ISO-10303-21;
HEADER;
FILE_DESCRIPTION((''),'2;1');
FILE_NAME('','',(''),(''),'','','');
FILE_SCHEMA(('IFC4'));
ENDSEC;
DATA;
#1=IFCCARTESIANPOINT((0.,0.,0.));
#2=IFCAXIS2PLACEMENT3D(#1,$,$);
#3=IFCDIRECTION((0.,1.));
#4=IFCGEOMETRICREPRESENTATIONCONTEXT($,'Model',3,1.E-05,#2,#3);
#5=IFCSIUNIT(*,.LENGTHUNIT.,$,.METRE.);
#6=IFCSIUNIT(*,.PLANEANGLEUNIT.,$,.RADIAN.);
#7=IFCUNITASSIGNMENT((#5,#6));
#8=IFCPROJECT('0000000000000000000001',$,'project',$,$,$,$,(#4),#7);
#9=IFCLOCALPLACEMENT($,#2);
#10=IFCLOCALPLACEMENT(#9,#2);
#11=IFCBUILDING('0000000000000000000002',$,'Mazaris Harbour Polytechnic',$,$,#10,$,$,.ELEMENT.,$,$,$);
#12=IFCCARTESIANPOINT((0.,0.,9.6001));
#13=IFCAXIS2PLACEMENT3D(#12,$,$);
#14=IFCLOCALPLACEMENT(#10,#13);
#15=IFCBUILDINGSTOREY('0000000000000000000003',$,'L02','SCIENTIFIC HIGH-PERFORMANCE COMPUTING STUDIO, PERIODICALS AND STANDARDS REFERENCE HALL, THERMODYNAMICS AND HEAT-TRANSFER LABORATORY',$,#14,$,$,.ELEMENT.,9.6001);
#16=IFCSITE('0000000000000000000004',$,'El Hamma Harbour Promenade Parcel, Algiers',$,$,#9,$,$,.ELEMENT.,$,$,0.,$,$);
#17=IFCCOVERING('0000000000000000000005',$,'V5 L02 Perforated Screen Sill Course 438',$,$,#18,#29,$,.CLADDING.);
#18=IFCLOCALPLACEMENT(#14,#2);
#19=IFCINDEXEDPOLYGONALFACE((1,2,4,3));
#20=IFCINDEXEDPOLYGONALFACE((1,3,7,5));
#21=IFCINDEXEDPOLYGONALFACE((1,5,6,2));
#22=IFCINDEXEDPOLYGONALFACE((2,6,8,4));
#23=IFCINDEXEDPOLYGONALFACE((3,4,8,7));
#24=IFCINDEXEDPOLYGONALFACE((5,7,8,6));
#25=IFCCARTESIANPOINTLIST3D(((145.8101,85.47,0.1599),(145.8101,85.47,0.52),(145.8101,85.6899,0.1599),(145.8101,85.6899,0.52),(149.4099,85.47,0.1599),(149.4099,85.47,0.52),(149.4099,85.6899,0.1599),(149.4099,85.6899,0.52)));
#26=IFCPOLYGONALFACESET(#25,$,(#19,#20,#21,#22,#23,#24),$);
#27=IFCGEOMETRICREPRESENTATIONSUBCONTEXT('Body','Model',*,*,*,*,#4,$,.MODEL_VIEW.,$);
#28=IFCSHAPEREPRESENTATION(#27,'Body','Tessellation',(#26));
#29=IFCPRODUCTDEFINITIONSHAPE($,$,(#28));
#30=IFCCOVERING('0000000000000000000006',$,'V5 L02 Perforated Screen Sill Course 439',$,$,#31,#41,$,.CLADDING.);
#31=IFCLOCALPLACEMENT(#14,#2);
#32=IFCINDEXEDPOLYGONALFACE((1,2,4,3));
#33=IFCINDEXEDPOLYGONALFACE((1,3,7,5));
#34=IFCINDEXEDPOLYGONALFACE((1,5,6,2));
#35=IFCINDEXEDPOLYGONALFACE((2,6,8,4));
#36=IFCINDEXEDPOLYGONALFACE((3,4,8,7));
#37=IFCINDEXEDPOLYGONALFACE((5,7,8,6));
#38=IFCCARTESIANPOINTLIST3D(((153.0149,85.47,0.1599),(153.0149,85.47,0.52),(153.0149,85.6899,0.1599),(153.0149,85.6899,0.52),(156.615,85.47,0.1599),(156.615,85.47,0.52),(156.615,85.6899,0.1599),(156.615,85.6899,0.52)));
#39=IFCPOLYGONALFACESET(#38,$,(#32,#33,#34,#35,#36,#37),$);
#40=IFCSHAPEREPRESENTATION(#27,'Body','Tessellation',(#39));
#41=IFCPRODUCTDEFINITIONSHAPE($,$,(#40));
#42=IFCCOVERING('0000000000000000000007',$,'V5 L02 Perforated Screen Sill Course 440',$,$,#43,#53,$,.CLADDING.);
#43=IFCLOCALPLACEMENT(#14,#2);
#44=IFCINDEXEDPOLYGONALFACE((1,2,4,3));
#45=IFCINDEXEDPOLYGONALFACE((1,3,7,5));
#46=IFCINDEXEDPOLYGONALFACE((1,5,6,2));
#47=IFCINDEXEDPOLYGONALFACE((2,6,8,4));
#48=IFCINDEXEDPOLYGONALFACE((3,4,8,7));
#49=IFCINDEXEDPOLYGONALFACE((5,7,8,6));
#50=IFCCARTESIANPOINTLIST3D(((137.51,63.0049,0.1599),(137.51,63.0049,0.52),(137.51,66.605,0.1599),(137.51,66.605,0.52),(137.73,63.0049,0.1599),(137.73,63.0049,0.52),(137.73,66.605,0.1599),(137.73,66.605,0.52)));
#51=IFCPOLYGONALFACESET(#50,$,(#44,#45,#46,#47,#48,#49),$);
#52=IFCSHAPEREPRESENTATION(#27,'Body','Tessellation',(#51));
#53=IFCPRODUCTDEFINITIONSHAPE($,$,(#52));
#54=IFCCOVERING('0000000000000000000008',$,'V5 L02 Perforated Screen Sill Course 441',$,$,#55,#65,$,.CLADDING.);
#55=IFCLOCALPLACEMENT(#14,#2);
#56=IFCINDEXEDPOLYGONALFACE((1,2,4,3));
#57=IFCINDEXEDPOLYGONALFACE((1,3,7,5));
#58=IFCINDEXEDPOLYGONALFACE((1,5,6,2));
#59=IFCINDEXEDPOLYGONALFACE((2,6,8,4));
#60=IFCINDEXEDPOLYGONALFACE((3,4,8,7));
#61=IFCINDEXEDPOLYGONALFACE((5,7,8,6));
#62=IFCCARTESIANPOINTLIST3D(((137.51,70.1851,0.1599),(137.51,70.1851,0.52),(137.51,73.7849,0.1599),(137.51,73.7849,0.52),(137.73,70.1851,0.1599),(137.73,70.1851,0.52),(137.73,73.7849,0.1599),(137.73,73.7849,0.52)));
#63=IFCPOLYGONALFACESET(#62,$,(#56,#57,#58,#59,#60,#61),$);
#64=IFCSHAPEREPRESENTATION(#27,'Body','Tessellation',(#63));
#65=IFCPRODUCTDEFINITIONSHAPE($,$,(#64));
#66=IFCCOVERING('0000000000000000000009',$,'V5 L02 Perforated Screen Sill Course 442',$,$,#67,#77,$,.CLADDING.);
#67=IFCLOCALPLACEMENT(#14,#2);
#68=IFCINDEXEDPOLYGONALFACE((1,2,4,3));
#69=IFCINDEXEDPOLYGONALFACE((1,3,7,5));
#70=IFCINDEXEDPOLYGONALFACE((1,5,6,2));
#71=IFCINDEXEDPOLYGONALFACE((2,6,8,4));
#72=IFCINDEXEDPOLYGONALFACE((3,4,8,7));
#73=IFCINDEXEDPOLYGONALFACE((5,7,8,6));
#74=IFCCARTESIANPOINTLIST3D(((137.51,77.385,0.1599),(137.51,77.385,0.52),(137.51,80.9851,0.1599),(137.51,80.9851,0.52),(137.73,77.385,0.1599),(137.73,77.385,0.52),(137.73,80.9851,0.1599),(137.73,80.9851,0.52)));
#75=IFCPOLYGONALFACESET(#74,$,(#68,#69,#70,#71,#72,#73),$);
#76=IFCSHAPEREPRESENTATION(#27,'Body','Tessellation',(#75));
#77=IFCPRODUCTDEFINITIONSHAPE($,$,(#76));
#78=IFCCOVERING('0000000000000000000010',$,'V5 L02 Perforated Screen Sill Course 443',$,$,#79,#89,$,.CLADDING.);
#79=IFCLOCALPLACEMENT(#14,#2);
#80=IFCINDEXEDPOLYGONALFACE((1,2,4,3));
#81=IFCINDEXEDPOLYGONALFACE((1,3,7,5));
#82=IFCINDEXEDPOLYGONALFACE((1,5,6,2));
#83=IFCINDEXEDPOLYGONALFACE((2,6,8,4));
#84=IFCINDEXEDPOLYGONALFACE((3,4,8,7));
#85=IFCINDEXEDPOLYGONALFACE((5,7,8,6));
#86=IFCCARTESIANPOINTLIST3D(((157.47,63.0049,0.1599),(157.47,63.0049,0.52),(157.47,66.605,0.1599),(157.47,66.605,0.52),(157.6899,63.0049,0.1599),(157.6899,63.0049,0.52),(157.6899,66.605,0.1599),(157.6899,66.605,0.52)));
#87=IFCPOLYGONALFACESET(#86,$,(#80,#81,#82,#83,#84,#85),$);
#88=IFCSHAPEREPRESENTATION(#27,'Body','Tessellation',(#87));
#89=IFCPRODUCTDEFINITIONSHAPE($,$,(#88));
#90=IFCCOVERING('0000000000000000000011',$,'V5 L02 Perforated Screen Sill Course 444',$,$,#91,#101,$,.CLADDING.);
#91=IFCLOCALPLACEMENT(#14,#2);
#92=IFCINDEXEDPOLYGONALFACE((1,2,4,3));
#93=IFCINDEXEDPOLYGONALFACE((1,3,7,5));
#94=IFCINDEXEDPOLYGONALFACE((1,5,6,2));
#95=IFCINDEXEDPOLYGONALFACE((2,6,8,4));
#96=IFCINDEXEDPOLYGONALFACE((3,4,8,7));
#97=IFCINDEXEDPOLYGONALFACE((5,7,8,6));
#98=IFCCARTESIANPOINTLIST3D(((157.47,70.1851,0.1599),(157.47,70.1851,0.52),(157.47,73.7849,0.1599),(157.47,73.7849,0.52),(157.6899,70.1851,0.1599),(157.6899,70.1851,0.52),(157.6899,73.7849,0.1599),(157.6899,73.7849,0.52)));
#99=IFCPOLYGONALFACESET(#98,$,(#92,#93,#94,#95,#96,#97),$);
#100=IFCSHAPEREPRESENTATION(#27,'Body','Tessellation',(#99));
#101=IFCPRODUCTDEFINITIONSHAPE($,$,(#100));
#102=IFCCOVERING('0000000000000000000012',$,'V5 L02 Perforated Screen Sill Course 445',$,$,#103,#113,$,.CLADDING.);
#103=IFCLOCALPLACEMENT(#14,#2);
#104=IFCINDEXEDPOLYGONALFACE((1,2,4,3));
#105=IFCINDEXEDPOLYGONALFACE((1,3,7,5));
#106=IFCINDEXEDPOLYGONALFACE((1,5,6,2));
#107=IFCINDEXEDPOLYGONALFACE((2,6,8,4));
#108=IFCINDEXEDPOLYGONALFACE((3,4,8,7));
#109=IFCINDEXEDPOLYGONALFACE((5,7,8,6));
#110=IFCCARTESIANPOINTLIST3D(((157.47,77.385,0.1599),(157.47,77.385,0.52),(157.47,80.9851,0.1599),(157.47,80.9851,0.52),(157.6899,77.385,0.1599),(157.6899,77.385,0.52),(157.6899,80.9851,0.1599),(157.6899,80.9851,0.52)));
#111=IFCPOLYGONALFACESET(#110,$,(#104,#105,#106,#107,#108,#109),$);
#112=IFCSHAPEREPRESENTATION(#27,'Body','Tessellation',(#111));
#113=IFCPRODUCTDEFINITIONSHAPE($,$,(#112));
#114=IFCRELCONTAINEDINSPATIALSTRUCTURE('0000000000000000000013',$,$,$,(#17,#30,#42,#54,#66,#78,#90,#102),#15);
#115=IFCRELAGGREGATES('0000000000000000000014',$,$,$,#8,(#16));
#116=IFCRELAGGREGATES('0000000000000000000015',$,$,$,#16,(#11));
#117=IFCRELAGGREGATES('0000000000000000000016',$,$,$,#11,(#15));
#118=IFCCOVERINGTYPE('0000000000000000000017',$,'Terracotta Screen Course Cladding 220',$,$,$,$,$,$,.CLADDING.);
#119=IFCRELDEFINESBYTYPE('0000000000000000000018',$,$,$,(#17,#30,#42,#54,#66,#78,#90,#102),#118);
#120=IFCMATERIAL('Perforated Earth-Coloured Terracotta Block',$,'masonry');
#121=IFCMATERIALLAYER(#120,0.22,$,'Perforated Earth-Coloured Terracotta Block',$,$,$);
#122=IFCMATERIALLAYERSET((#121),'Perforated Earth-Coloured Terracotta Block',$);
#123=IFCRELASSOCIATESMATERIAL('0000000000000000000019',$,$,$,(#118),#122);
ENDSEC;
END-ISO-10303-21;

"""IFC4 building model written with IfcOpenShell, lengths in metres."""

from ifc_helpers import new_model, si_unit, direction, frame, origin, place, context, subcontext, project, spatial, polyline, outline, extrude, material, layer, layer_set, type_object, element, save


model = new_model("IFC4")

# Units and contexts
model_context = context("Model", 3, precision=1e-05, world=origin(), true_north=direction((0.0, 1.0)))
body_context = subcontext(model_context, "Body", "Model", "MODEL_VIEW")
ifc_project = project(units=[si_unit("LENGTHUNIT", "METRE"), si_unit("PLANEANGLEUNIT", "RADIAN")], contexts=[model_context])

# Site, building, storey
site_placement = place(None, origin())
site = spatial("IfcSite", under=ifc_project, at=site_placement, Name="El Hamma Harbour Promenade Parcel, Algiers", CompositionType="ELEMENT", RefElevation=0.0)
building_placement = place(site_placement, origin())
building = spatial("IfcBuilding", under=site, at=building_placement, Name="Mazaris Harbour Polytechnic", CompositionType="ELEMENT")
storey_placement = place(building_placement, frame((0.0, 0.0, 9.6001)))
storey = spatial("IfcBuildingStorey", under=building, at=storey_placement, Name="L02", Description="SCIENTIFIC HIGH-PERFORMANCE COMPUTING STUDIO, PERIODICALS AND STANDARDS REFERENCE HALL, THERMODYNAMICS AND HEAT-TRANSFER LABORATORY", CompositionType="ELEMENT", Elevation=9.6001)

# Coverings
ifc_material_1 = material(Name="Perforated Earth-Coloured Terracotta Block", Category="masonry")
ifc_layer_1 = layer(ifc_material_1, 0.22, Name="Perforated Earth-Coloured Terracotta Block")
ifc_layer_set_1 = layer_set([ifc_layer_1], Name="Perforated Earth-Coloured Terracotta Block")
covering_type = type_object("IfcCoveringType", Name="Terracotta Screen Course Cladding 220", PredefinedType="CLADDING", material=ifc_layer_set_1)
covering_1_placement = place(storey_placement, frame((0.0, 0.0, 0.1599)))
element("IfcCovering", 1, at=covering_1_placement, inside=storey, type_object=covering_type, Name="V5 L02 Perforated Screen Sill Course 438", PredefinedType="CLADDING", context=body_context, shape_type="SweptSolid", body=[
    extrude(outline(polyline([(149.4099, 85.6899), (145.8101, 85.6899), (145.8101, 85.47), (149.4099, 85.47), (149.4099, 85.6899)])), origin(), (0.0, 0.0, 1.0), 0.3601),
])
covering_2_placement = place(storey_placement, frame((0.0, 0.0, 0.1599)))
element("IfcCovering", 2, at=covering_2_placement, inside=storey, type_object=covering_type, Name="V5 L02 Perforated Screen Sill Course 439", PredefinedType="CLADDING", context=body_context, shape_type="SweptSolid", body=[
    extrude(outline(polyline([(156.615, 85.6899), (153.0149, 85.6899), (153.0149, 85.47), (156.615, 85.47), (156.615, 85.6899)])), origin(), (0.0, 0.0, 1.0), 0.3601),
])
covering_3_placement = place(storey_placement, frame((0.0, 0.0, 0.1599)))
element("IfcCovering", 3, at=covering_3_placement, inside=storey, type_object=covering_type, Name="V5 L02 Perforated Screen Sill Course 440", PredefinedType="CLADDING", context=body_context, shape_type="SweptSolid", body=[
    extrude(outline(polyline([(137.51, 63.0049), (137.51, 66.605), (137.73, 66.605), (137.73, 63.0049), (137.51, 63.0049)])), origin(), (0.0, 0.0, 1.0), 0.3601),
])
covering_4_placement = place(storey_placement, frame((0.0, 0.0, 0.1599)))
element("IfcCovering", 4, at=covering_4_placement, inside=storey, type_object=covering_type, Name="V5 L02 Perforated Screen Sill Course 441", PredefinedType="CLADDING", context=body_context, shape_type="SweptSolid", body=[
    extrude(outline(polyline([(137.51, 70.1851), (137.51, 73.7849), (137.73, 73.7849), (137.73, 70.1851), (137.51, 70.1851)])), origin(), (0.0, 0.0, 1.0), 0.3601),
])
covering_5_placement = place(storey_placement, frame((0.0, 0.0, 0.1599)))
element("IfcCovering", 5, at=covering_5_placement, inside=storey, type_object=covering_type, Name="V5 L02 Perforated Screen Sill Course 442", PredefinedType="CLADDING", context=body_context, shape_type="SweptSolid", body=[
    extrude(outline(polyline([(137.51, 77.385), (137.51, 80.9851), (137.73, 80.9851), (137.73, 77.385), (137.51, 77.385)])), origin(), (0.0, 0.0, 1.0), 0.3601),
])
covering_6_placement = place(storey_placement, frame((0.0, 0.0, 0.1599)))
element("IfcCovering", 6, at=covering_6_placement, inside=storey, type_object=covering_type, Name="V5 L02 Perforated Screen Sill Course 443", PredefinedType="CLADDING", context=body_context, shape_type="SweptSolid", body=[
    extrude(outline(polyline([(157.6899, 66.605), (157.6899, 63.0049), (157.47, 63.0049), (157.47, 66.605), (157.6899, 66.605)])), origin(), (0.0, 0.0, 1.0), 0.3601),
])
covering_7_placement = place(storey_placement, frame((0.0, 0.0, 0.1599)))
element("IfcCovering", 7, at=covering_7_placement, inside=storey, type_object=covering_type, Name="V5 L02 Perforated Screen Sill Course 444", PredefinedType="CLADDING", context=body_context, shape_type="SweptSolid", body=[
    extrude(outline(polyline([(157.6899, 73.7849), (157.6899, 70.1851), (157.47, 70.1851), (157.47, 73.7849), (157.6899, 73.7849)])), origin(), (0.0, 0.0, 1.0), 0.3601),
])
covering_8_placement = place(storey_placement, frame((0.0, 0.0, 0.1599)))
element("IfcCovering", 8, at=covering_8_placement, inside=storey, type_object=covering_type, Name="V5 L02 Perforated Screen Sill Course 445", PredefinedType="CLADDING", context=body_context, shape_type="SweptSolid", body=[
    extrude(outline(polyline([(157.6899, 80.9851), (157.6899, 77.385), (157.47, 77.385), (157.47, 80.9851), (157.6899, 80.9851)])), origin(), (0.0, 0.0, 1.0), 0.3601),
])

save(model, "model.ifc")
